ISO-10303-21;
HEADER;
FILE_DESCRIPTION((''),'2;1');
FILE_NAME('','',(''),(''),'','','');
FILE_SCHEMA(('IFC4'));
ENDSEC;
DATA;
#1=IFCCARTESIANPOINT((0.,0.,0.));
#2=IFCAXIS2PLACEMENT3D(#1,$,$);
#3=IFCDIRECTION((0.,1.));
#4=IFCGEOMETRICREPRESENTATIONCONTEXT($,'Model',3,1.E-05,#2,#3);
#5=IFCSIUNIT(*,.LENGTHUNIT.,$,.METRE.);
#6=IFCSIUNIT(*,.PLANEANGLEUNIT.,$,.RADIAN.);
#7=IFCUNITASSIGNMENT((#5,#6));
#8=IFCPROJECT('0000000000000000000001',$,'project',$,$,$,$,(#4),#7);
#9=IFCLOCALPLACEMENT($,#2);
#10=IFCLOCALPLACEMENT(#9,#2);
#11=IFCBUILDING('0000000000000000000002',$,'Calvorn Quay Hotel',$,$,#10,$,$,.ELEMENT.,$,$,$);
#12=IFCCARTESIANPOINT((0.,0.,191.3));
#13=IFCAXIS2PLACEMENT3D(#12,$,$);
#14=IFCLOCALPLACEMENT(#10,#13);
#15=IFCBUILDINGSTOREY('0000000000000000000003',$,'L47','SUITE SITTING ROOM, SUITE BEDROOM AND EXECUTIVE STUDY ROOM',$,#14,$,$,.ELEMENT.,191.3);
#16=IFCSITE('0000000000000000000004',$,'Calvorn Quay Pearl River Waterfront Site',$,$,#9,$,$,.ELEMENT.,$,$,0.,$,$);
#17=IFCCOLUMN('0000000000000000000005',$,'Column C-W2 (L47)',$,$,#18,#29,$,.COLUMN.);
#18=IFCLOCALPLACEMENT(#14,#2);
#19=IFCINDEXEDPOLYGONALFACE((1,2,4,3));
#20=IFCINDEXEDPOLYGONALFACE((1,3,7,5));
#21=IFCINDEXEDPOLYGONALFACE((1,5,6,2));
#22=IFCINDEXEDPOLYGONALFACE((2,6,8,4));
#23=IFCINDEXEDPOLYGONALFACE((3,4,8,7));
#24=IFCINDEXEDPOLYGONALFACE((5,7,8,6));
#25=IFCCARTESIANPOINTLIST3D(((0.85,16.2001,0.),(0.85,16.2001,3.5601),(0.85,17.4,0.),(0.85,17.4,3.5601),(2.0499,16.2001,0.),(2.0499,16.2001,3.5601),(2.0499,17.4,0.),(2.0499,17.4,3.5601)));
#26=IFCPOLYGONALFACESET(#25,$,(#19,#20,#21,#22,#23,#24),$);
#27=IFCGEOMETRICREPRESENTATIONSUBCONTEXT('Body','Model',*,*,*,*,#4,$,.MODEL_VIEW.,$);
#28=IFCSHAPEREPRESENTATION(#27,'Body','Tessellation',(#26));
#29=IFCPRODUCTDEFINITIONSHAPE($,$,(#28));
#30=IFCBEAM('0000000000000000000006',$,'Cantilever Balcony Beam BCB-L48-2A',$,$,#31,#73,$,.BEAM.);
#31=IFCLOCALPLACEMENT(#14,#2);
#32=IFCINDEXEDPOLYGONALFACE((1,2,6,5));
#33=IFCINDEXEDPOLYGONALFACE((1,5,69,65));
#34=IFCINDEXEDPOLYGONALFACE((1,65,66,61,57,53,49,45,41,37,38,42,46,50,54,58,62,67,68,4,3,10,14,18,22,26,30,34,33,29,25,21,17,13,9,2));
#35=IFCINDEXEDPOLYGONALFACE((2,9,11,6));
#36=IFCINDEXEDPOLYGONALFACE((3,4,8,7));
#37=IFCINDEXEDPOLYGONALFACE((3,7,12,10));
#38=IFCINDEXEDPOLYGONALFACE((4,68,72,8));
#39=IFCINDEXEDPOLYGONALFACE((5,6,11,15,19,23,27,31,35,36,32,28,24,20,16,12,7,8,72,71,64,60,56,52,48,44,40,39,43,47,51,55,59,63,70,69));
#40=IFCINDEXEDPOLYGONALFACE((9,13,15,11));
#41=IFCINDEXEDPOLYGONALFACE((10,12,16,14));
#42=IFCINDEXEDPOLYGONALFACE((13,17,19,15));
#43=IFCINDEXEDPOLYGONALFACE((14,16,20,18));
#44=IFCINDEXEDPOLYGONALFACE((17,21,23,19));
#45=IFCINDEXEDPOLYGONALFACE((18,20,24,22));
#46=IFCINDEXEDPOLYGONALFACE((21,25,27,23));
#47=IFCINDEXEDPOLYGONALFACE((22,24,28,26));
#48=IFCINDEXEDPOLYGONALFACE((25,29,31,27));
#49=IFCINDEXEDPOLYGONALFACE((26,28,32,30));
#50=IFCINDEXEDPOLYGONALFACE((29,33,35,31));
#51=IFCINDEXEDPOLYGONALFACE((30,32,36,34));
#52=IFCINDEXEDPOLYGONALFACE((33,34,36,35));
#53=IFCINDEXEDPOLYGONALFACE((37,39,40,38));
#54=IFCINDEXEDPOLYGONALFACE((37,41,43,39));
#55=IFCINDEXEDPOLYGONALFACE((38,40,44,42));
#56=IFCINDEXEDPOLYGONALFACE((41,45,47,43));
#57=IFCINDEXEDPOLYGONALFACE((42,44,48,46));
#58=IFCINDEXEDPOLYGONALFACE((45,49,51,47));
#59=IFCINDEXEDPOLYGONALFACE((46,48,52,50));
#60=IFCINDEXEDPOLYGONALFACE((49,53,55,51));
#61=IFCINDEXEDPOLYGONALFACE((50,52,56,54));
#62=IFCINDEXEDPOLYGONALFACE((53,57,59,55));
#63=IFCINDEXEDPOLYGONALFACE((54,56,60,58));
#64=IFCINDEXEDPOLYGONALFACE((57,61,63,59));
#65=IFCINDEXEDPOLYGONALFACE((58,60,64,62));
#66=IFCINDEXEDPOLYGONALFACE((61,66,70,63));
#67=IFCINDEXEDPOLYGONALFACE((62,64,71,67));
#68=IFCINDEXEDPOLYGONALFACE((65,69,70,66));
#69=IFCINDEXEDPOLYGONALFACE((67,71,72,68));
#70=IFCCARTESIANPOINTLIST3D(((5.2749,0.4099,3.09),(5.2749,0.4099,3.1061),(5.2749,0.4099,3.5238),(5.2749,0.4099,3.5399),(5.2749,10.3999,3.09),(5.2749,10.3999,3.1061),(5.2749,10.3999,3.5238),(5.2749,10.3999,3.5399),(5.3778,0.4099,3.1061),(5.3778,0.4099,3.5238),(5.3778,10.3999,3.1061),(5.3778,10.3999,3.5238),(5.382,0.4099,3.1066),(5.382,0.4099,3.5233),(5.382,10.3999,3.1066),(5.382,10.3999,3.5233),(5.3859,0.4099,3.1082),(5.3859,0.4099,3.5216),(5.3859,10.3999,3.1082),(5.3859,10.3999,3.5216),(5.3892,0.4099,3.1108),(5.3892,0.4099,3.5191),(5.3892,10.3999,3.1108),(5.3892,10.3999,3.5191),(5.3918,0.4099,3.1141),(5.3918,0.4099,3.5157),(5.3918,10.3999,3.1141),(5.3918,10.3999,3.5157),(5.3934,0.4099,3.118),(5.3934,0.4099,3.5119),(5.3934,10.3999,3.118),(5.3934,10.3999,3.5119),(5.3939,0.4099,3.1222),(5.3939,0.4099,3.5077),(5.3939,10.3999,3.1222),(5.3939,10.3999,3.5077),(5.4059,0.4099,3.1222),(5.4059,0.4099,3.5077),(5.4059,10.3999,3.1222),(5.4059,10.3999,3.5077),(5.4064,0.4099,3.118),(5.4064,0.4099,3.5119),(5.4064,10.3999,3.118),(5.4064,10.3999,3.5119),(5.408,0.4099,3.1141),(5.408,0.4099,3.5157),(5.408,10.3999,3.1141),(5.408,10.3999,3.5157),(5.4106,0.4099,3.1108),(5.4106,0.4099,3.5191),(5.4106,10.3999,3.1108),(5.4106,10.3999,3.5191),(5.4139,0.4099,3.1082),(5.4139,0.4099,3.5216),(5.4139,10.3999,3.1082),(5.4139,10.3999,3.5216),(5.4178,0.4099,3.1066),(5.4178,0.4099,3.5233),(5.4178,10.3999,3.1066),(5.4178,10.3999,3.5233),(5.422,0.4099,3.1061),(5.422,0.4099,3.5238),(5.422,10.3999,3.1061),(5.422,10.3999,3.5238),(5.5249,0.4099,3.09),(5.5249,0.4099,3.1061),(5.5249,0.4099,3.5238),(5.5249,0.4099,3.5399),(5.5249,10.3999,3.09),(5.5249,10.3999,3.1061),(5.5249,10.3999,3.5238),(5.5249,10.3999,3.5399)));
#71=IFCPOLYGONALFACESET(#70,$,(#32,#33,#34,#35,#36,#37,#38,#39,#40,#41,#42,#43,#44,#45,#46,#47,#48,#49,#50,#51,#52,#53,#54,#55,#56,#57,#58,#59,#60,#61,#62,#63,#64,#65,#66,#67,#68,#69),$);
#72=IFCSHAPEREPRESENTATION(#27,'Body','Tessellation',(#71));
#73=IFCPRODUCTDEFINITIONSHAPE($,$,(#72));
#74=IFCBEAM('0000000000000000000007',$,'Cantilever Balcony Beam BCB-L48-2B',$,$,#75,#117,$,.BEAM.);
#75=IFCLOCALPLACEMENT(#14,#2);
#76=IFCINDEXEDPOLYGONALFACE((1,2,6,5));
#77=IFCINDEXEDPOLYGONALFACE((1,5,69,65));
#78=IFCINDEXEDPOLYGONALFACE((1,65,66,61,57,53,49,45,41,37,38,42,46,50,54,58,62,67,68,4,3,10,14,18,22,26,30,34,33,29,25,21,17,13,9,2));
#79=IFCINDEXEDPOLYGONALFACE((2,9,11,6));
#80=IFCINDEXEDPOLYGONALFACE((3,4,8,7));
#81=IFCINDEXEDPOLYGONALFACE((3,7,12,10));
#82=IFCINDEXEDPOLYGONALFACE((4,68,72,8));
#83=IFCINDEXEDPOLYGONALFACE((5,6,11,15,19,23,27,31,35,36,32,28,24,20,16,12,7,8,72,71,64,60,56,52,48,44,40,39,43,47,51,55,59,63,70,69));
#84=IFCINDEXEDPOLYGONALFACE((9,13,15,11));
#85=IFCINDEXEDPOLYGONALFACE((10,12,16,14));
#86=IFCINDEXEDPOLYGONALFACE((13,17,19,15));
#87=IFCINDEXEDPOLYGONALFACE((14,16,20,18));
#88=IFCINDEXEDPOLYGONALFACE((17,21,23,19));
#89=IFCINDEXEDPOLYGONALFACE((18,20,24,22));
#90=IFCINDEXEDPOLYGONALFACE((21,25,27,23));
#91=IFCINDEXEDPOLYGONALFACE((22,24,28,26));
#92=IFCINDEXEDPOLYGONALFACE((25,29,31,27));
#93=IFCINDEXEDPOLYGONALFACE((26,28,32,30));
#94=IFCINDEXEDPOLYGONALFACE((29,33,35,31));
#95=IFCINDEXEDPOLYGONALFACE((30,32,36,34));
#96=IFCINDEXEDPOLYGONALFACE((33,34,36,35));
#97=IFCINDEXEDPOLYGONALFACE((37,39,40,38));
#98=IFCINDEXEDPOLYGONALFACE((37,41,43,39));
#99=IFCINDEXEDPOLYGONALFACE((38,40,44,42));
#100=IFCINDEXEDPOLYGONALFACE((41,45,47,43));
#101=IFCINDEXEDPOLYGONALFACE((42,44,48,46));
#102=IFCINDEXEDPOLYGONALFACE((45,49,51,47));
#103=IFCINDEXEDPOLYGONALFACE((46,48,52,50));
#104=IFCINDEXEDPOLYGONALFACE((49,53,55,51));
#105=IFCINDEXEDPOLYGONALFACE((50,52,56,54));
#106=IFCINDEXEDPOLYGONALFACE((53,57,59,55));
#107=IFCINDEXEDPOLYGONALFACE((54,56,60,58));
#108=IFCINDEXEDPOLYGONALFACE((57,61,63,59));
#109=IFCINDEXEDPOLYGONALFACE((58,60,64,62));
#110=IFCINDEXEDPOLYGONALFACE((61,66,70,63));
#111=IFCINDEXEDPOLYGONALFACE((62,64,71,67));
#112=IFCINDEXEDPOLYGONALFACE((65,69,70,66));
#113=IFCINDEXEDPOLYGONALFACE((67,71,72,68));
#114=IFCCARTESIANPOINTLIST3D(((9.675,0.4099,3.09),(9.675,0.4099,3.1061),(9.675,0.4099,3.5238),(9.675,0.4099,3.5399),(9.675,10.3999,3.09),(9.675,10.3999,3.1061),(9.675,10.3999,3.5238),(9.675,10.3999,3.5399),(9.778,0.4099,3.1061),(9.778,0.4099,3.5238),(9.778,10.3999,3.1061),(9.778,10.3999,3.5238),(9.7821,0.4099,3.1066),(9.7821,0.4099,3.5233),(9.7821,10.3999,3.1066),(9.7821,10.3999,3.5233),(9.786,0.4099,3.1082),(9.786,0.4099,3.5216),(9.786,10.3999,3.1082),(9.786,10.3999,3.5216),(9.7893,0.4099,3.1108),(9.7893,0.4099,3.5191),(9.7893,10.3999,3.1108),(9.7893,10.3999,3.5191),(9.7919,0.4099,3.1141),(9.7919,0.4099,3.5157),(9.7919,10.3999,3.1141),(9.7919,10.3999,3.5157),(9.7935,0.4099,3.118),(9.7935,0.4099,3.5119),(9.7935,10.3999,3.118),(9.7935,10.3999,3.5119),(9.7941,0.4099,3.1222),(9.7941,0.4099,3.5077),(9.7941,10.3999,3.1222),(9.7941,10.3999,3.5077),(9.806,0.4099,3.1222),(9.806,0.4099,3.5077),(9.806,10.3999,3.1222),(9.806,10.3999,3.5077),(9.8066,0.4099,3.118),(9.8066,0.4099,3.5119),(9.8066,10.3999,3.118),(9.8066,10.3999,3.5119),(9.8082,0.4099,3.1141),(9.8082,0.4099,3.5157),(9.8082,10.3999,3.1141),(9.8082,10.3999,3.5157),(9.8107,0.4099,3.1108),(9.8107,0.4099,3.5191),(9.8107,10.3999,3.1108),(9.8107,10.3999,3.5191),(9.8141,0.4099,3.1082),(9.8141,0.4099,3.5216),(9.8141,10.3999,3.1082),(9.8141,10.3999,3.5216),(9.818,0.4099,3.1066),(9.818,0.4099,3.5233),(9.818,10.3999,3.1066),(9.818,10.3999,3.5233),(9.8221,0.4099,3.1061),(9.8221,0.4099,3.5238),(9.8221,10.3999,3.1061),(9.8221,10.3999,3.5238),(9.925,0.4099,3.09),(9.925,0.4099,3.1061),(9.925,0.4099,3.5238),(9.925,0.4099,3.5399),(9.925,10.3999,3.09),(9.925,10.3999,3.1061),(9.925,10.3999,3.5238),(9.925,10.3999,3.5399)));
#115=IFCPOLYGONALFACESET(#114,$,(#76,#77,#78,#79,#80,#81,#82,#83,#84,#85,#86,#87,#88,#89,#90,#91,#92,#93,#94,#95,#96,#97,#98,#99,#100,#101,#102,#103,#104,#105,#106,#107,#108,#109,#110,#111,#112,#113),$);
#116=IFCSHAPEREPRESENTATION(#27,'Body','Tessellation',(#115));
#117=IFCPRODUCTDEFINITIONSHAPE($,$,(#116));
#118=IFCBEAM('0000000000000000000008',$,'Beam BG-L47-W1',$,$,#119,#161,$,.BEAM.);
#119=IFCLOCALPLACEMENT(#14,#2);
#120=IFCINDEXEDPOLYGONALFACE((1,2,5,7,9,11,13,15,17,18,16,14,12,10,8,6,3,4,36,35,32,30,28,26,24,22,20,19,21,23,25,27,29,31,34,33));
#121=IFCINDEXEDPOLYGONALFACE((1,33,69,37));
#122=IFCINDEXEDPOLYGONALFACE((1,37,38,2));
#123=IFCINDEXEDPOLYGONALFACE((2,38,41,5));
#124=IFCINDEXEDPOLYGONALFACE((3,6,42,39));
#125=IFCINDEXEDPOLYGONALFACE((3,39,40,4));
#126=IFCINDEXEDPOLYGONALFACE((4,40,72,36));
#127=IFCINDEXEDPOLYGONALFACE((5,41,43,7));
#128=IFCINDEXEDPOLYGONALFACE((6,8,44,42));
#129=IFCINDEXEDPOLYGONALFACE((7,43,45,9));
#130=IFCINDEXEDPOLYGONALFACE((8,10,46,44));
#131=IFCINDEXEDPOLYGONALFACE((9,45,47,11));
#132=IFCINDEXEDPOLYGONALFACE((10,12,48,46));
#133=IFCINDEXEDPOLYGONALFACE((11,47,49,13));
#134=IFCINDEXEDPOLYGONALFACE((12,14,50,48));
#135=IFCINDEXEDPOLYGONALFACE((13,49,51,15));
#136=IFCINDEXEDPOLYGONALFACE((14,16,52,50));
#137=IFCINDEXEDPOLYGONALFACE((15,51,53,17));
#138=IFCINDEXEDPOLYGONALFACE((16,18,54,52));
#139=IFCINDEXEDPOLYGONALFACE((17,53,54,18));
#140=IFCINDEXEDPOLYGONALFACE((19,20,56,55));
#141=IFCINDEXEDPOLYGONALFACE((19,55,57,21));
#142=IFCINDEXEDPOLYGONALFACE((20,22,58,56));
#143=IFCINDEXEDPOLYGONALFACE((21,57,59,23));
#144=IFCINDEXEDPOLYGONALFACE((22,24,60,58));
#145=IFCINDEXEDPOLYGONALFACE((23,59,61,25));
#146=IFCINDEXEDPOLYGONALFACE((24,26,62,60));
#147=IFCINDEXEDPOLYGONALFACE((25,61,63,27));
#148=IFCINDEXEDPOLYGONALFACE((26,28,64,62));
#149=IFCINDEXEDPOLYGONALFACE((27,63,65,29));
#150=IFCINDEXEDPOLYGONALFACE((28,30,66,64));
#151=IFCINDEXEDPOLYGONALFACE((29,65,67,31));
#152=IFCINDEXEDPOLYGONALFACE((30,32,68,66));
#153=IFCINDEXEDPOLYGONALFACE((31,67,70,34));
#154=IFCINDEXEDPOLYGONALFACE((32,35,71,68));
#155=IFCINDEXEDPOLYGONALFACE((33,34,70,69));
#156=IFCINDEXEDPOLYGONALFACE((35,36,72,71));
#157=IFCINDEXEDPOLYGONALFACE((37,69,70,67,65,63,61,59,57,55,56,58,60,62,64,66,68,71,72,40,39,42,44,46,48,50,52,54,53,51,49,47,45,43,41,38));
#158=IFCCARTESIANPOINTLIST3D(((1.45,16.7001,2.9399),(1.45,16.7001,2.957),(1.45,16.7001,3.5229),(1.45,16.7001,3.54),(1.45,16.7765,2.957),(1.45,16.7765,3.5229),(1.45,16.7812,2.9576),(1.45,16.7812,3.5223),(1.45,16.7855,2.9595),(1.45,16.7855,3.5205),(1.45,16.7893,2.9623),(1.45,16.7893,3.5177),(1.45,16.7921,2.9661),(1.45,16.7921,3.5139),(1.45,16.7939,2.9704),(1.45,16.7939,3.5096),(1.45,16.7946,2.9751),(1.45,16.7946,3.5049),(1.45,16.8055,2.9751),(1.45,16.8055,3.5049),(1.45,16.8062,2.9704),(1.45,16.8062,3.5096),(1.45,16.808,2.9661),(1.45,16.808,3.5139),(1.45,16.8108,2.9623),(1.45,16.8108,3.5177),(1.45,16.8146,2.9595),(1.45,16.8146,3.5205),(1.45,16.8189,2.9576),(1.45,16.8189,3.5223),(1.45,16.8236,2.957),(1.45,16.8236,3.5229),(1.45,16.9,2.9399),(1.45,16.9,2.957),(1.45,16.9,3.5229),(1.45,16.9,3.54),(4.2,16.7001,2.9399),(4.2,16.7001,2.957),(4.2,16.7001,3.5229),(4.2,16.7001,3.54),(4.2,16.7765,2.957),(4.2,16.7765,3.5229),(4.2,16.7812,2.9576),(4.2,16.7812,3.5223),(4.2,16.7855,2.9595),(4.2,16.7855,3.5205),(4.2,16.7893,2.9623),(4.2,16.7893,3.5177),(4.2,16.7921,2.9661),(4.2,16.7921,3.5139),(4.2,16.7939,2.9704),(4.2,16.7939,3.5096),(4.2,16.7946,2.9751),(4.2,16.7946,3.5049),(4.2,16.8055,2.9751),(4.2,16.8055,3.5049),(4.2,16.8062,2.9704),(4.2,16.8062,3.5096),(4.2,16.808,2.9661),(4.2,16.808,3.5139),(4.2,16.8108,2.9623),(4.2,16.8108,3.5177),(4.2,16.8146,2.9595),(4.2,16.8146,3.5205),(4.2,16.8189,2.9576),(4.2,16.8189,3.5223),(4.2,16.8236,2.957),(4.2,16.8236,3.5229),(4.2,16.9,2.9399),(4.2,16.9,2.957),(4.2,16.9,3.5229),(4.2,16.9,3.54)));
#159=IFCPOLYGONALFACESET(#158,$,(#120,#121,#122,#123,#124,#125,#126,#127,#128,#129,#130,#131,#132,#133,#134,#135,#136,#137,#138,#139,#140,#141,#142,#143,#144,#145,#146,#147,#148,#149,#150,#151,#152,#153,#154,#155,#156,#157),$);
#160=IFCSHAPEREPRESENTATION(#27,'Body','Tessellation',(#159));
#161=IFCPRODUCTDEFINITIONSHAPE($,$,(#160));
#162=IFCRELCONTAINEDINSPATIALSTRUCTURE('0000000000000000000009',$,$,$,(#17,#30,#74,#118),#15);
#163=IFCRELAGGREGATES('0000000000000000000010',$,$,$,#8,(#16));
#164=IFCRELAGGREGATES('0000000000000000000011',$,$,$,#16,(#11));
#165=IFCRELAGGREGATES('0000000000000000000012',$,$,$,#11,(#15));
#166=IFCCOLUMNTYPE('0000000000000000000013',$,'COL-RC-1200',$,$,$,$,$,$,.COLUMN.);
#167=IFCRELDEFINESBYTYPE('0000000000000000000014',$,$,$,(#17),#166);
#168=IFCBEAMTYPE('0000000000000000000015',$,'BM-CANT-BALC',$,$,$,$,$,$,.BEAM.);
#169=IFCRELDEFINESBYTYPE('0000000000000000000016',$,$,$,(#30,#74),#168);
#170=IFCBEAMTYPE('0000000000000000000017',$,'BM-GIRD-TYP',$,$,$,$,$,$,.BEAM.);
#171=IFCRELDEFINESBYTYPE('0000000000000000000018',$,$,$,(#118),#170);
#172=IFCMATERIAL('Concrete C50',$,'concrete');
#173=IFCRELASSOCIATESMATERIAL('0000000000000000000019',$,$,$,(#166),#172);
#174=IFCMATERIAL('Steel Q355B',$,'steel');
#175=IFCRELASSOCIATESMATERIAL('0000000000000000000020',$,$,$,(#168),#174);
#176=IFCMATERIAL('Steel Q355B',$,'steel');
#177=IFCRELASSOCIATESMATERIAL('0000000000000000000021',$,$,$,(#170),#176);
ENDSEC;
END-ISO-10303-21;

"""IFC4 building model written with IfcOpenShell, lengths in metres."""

from ifc_helpers import new_model, si_unit, direction, frame, origin, origin_2d, place, context, subcontext, project, spatial, rectangle, i_section, extrude, material, material_profile, profile_set, type_object, element, save


model = new_model("IFC4")

# Units and contexts
model_context = context("Model", 3, precision=1e-05, world=origin(), true_north=direction((0.0, 1.0)))
body_context = subcontext(model_context, "Body", "Model", "MODEL_VIEW")
ifc_project = project(units=[si_unit("LENGTHUNIT", "METRE"), si_unit("PLANEANGLEUNIT", "RADIAN")], contexts=[model_context])

# Site, building, storey
site_placement = place(None, origin())
site = spatial("IfcSite", under=ifc_project, at=site_placement, Name="Calvorn Quay Pearl River Waterfront Site", CompositionType="ELEMENT", RefElevation=0.0)
building_placement = place(site_placement, origin())
building = spatial("IfcBuilding", under=site, at=building_placement, Name="Calvorn Quay Hotel", CompositionType="ELEMENT")
storey_placement = place(building_placement, frame((0.0, 0.0, 191.3)))
storey = spatial("IfcBuildingStorey", under=building, at=storey_placement, Name="L47", Description="SUITE SITTING ROOM, SUITE BEDROOM AND EXECUTIVE STUDY ROOM", CompositionType="ELEMENT", Elevation=191.3)

# Column
ifc_material_1 = material(Name="Concrete C50", Category="concrete")
ifc_material_profile_1 = material_profile(ifc_material_1, rectangle(XDim=1.2, YDim=1.2, at=origin_2d()), Name="RC1200x1200")
ifc_profile_set_1 = profile_set([ifc_material_profile_1], Name="Concrete C50")
column_type = type_object("IfcColumnType", Name="COL-RC-1200", PredefinedType="COLUMN", material=ifc_profile_set_1)
column_placement = place(storey_placement, frame((1.45, 16.8, 0.0), z_axis=(0.0, 0.0, 1.0), x_axis=(1.0, 0.0, 0.0)))
element("IfcColumn", 1, at=column_placement, inside=storey, type_object=column_type, Name="Column C-W2 (L47)", PredefinedType="COLUMN", context=body_context, shape_type="SweptSolid", body=[
    extrude(rectangle(XDim=1.2, YDim=1.2, at=origin_2d()), origin(), (0.0, 0.0, 1.0), 3.5601),
])

# Beams
ifc_material_2 = material(Name="Steel Q355B", Category="steel")
ifc_material_profile_2 = material_profile(ifc_material_2, i_section(OverallWidth=0.25, OverallDepth=0.45, WebThickness=0.012, FlangeThickness=0.0161, FilletRadius=0.0161, at=origin_2d()), Name="HN450x250x12x16")
ifc_profile_set_2 = profile_set([ifc_material_profile_2], Name="Steel Q355B")
beam_type_1 = type_object("IfcBeamType", Name="BM-CANT-BALC", PredefinedType="BEAM", material=ifc_profile_set_2)
for number, where, z_axis, x_axis, name in (
    (2, (5.3999, 10.3999, 3.3149), (0.0, -1.0, 0.0), (1.0, 0.0, 0.0), "Cantilever Balcony Beam BCB-L48-2A"),
    (3, (9.8, 10.3999, 3.3149), (0.0, -1.0, 0.0), (1.0, 0.0, 0.0), "Cantilever Balcony Beam BCB-L48-2B"),
):
    element("IfcBeam", number, at=place(storey_placement, frame(where, z_axis=z_axis, x_axis=x_axis)), inside=storey, type_object=beam_type_1, Name=name, PredefinedType="BEAM", context=body_context, shape_type="SweptSolid", body=[
        extrude(i_section(OverallWidth=0.25, OverallDepth=0.45, WebThickness=0.012, FlangeThickness=0.0161, FilletRadius=0.0161, at=origin_2d()), origin(), (0.0, 0.0, 1.0), 9.99),
    ])
ifc_material_3 = material(Name="Steel Q355B", Category="steel")
ifc_material_profile_3 = material_profile(ifc_material_3, i_section(OverallWidth=0.2, OverallDepth=0.6001, WebThickness=0.011, FlangeThickness=0.0171, FilletRadius=0.0181, at=origin_2d()), Name="HN600x200x11x17")
ifc_profile_set_3 = profile_set([ifc_material_profile_3], Name="Steel Q355B")
beam_type_2 = type_object("IfcBeamType", Name="BM-GIRD-TYP", PredefinedType="BEAM", material=ifc_profile_set_3)
beam_1_placement = place(storey_placement, frame((1.45, 16.8, 3.24), z_axis=(1.0, 0.0, 0.0), x_axis=(0.0, 1.0, 0.0)))
element("IfcBeam", 4, at=beam_1_placement, inside=storey, type_object=beam_type_2, Name="Beam BG-L47-W1", PredefinedType="BEAM", context=body_context, shape_type="SweptSolid", body=[
    extrude(i_section(OverallWidth=0.2, OverallDepth=0.6001, WebThickness=0.011, FlangeThickness=0.0171, FilletRadius=0.0181, at=origin_2d()), origin(), (0.0, 0.0, 1.0), 2.75),
])

save(model, "model.ifc")
